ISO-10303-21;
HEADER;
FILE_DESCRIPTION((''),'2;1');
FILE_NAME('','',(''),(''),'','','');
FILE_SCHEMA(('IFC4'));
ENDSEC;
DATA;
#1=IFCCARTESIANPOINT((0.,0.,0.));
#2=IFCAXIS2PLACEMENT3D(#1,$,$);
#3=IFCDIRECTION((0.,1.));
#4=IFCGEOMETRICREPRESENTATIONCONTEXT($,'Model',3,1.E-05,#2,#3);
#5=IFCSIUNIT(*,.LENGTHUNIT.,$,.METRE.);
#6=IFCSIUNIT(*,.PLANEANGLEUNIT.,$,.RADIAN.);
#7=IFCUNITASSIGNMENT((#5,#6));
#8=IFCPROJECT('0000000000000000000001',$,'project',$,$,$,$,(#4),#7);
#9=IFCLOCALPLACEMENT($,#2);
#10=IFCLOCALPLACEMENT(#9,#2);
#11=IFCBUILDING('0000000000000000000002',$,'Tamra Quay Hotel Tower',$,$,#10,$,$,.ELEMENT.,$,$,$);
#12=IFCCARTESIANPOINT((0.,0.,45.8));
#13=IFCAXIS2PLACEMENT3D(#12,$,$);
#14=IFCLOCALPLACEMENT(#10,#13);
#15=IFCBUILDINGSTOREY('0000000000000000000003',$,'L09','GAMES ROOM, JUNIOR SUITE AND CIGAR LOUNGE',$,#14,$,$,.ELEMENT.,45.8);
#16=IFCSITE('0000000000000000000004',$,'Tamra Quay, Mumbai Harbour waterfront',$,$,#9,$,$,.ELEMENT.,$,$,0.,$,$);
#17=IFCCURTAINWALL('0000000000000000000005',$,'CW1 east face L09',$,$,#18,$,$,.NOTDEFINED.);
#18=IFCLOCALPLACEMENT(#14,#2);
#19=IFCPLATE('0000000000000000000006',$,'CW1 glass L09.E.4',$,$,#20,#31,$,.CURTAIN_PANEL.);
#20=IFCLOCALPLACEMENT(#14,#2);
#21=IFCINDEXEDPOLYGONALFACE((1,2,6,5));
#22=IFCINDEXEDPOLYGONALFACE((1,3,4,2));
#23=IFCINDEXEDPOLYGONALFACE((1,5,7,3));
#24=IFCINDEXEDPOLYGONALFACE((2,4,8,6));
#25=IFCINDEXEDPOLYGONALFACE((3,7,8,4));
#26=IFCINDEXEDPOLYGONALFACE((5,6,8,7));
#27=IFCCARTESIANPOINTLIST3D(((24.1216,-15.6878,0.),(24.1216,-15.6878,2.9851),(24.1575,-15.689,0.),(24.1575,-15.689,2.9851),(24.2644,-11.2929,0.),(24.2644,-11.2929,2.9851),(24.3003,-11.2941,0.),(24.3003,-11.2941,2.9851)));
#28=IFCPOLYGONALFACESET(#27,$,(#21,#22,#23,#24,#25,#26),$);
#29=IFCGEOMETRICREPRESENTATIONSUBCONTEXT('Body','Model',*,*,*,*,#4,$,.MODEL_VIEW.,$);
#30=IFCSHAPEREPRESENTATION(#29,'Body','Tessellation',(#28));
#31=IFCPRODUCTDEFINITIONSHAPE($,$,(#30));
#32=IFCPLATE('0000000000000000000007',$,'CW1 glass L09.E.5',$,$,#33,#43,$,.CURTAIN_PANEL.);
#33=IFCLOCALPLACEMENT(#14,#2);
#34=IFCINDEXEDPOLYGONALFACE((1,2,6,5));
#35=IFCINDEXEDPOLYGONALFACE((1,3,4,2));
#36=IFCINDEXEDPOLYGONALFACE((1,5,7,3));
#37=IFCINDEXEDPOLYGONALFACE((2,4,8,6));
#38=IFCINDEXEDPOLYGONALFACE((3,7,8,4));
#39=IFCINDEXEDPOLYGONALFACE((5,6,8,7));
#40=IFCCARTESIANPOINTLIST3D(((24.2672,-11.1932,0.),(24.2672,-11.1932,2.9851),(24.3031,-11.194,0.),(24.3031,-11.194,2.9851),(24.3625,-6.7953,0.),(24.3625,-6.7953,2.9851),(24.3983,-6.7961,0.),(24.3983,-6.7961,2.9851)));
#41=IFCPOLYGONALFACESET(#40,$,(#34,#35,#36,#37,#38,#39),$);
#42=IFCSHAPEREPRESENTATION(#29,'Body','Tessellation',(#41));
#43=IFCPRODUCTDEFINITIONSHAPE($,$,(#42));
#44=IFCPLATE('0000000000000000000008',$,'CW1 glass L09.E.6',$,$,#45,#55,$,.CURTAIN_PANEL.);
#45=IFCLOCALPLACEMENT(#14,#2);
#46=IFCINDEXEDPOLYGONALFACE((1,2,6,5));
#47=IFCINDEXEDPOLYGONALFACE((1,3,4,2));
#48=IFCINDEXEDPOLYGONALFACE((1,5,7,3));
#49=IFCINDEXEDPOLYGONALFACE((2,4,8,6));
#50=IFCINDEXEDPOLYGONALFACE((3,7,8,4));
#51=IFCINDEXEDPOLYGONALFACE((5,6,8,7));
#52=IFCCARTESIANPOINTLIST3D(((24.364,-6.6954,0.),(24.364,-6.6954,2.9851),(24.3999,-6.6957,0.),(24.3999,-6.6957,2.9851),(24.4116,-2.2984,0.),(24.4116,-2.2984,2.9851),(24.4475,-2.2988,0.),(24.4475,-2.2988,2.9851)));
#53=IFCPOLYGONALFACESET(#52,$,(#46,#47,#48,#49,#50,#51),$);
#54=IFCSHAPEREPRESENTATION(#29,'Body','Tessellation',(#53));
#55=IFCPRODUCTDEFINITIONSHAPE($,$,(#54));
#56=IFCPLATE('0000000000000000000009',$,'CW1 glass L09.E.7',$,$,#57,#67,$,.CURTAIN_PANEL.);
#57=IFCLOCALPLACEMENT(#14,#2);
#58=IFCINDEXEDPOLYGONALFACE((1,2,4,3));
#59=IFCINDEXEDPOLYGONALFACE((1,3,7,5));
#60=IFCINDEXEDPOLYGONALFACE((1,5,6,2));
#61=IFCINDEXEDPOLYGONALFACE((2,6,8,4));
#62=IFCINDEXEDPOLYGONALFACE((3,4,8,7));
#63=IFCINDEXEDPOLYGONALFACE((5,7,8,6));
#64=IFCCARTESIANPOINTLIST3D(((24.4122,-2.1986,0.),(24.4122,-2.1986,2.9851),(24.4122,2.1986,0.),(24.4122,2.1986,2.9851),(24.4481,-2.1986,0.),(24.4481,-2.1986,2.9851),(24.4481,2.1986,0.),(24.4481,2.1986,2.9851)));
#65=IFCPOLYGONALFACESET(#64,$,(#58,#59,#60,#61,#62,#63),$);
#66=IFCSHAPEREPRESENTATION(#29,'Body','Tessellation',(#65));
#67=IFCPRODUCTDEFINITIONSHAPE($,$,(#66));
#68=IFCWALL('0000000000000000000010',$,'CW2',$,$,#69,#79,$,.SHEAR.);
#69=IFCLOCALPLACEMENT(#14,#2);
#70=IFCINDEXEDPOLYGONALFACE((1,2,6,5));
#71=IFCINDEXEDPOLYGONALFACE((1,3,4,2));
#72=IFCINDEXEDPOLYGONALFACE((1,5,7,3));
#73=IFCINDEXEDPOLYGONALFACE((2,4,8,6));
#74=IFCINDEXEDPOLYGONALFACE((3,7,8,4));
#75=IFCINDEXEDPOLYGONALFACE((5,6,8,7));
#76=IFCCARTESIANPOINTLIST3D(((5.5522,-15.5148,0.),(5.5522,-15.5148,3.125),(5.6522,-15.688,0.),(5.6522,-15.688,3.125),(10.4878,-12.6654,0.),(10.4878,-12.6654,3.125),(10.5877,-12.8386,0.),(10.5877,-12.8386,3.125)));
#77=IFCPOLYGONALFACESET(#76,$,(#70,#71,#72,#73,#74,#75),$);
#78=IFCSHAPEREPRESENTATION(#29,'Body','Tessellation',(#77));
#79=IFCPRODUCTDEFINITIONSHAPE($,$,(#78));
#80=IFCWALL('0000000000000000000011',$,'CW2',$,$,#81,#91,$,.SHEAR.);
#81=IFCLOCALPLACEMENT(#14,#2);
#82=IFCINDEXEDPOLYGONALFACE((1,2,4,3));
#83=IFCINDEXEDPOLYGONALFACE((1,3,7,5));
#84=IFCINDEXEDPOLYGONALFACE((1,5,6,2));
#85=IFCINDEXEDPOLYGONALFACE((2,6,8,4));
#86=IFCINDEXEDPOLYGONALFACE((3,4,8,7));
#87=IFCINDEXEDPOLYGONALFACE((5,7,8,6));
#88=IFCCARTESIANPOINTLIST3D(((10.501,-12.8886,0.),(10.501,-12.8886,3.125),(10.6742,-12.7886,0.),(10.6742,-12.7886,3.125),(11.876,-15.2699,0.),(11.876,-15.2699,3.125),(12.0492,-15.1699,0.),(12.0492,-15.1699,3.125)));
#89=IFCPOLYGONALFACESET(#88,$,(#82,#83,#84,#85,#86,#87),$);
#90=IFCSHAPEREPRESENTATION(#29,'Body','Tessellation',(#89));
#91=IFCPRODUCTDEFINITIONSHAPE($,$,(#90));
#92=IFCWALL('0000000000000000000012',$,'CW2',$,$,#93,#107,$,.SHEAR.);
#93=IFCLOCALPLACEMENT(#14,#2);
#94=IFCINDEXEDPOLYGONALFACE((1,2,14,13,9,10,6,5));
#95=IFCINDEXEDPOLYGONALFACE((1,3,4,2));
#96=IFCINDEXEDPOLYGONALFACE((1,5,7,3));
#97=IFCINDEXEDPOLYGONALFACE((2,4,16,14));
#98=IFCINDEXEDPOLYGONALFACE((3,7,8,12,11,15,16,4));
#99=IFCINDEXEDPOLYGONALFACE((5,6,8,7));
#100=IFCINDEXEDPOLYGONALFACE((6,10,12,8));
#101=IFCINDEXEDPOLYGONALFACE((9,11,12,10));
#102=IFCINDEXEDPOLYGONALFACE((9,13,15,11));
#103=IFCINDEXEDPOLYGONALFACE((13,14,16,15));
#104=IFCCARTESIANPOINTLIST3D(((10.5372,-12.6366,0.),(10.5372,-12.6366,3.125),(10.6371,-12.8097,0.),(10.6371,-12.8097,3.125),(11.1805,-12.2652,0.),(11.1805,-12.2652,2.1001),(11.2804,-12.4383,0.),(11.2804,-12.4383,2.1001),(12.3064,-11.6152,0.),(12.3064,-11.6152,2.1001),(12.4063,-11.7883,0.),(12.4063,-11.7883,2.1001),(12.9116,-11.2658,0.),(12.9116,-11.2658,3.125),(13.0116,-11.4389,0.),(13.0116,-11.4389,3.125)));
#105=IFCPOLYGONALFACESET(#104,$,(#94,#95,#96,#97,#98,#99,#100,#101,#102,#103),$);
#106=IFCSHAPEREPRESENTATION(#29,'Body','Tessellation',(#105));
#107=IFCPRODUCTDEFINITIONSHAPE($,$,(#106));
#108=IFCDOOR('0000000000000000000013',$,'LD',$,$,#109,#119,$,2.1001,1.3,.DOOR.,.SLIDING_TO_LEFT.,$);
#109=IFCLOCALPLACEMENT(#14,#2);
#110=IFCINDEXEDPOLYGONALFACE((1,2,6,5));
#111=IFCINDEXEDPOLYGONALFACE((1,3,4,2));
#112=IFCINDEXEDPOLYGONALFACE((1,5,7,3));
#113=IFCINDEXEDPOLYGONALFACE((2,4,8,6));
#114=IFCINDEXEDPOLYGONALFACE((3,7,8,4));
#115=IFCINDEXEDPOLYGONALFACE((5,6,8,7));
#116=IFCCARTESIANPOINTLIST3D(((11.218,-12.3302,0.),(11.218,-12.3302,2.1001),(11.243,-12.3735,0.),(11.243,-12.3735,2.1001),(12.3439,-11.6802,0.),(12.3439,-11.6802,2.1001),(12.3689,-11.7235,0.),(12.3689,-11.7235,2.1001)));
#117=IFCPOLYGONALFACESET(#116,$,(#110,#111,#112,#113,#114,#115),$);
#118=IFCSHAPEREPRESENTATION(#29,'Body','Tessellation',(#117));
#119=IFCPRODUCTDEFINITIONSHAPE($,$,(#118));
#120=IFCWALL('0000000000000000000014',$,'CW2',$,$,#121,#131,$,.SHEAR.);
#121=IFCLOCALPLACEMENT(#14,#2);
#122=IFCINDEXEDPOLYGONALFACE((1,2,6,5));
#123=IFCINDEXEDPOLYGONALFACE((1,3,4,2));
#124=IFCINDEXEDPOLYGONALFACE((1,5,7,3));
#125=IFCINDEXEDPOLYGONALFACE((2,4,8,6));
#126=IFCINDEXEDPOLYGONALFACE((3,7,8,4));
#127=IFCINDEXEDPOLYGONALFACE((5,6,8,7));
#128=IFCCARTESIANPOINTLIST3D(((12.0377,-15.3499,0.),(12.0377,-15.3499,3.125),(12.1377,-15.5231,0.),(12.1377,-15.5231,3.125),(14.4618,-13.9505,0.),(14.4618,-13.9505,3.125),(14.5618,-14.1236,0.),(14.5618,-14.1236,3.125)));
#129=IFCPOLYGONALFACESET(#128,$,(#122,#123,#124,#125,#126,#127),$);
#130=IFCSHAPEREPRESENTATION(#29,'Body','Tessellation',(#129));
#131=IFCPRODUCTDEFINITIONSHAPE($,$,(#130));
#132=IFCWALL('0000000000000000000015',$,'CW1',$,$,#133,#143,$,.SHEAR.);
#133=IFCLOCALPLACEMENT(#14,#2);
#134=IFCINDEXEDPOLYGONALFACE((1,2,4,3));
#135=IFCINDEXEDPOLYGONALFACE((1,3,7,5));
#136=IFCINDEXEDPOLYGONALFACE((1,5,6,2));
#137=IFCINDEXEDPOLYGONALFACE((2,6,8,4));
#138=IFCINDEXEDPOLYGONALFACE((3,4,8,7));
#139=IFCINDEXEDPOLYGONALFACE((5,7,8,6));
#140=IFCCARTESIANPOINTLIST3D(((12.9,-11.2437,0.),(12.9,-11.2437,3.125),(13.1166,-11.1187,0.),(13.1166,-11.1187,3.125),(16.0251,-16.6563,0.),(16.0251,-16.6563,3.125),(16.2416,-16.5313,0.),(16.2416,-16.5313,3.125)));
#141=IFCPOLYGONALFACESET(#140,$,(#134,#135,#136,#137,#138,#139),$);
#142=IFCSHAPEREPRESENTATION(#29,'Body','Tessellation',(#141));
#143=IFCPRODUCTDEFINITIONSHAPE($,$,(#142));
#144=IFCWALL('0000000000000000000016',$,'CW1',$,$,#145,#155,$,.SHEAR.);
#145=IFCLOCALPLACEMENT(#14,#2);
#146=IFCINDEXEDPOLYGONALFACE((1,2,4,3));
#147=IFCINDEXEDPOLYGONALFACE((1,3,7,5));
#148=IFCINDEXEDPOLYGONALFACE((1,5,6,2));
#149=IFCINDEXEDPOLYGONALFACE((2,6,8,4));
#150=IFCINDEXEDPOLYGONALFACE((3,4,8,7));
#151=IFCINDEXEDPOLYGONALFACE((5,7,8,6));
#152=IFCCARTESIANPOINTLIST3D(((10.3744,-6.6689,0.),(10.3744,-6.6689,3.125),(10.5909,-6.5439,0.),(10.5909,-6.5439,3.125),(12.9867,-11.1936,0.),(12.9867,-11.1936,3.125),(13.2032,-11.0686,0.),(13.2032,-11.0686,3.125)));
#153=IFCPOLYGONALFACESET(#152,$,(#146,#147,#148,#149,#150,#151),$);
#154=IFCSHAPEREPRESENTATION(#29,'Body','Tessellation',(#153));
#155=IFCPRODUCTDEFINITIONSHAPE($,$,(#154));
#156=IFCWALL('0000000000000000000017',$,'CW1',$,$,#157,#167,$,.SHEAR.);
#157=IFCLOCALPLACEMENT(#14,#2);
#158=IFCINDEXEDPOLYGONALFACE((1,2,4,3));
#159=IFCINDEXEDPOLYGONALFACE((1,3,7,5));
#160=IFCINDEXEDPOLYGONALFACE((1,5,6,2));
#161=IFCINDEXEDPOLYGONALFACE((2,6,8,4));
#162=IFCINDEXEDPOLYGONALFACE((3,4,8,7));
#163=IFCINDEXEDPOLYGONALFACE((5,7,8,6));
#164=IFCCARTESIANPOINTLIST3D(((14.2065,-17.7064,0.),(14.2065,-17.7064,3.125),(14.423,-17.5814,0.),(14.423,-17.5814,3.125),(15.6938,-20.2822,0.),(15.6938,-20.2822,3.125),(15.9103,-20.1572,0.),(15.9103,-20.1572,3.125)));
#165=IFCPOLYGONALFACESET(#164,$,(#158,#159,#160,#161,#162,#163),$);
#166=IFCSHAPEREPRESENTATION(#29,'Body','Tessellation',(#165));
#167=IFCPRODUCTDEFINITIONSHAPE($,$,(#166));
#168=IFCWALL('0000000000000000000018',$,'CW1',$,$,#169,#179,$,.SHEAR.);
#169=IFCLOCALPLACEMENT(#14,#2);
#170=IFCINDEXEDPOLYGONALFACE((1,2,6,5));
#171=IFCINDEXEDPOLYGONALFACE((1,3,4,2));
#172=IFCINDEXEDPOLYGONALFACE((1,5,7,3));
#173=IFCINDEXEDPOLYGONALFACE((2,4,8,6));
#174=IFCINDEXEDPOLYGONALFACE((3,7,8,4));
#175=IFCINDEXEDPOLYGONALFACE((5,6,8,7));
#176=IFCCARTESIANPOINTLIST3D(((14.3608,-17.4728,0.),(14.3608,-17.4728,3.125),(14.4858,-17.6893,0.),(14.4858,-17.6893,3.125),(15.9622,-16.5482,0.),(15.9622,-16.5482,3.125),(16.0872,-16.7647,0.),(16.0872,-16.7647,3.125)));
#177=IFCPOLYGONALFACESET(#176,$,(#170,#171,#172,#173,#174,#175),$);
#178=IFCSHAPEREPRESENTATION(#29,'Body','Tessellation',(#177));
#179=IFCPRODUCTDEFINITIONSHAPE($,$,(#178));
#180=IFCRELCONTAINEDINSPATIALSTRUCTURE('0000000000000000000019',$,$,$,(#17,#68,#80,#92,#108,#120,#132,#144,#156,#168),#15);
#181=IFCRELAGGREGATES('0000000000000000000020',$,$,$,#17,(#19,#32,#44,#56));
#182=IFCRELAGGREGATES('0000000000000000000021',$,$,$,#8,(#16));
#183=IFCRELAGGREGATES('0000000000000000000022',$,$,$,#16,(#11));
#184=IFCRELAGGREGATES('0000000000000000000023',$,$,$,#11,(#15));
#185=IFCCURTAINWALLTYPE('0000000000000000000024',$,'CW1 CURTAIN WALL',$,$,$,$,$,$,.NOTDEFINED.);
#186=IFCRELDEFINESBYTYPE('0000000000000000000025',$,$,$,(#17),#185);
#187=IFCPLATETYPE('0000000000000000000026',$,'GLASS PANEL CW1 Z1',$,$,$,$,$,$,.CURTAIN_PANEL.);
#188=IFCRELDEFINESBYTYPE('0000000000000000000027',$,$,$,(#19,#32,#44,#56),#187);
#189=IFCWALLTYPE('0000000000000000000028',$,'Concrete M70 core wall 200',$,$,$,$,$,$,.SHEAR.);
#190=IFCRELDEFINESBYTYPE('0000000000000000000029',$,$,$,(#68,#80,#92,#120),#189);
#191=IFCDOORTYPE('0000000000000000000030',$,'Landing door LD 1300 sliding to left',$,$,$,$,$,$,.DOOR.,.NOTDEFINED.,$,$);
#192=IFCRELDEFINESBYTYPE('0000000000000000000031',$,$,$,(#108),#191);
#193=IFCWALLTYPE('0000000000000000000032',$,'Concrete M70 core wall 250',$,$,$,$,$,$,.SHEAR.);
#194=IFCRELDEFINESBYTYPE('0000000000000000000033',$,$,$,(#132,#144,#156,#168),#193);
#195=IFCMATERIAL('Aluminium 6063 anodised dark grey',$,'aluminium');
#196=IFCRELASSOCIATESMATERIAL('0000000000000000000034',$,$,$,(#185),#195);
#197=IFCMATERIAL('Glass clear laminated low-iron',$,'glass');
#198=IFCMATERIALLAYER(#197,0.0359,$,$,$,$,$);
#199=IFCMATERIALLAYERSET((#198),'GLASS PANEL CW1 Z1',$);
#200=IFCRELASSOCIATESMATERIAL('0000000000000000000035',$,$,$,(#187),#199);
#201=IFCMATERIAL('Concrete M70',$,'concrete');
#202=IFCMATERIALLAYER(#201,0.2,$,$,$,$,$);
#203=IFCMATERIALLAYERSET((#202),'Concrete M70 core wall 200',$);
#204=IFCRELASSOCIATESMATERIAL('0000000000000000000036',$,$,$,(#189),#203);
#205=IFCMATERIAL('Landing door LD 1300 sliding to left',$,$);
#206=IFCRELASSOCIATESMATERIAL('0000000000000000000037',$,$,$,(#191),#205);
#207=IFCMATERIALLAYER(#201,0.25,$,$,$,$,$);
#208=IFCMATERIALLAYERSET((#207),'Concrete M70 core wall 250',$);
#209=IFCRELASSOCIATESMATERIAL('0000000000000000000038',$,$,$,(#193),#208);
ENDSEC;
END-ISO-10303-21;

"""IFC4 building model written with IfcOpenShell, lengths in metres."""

from ifc_helpers import new_model, si_unit, direction, frame, frame_2d, origin, origin_2d, place, context, subcontext, project, spatial, rectangle, extrude, material, layer, layer_set, type_object, element, fill, aggregate, save


model = new_model("IFC4")

# Units and contexts
model_context = context("Model", 3, precision=1e-05, world=origin(), true_north=direction((0.0, 1.0)))
body_context = subcontext(model_context, "Body", "Model", "MODEL_VIEW")
ifc_project = project(units=[si_unit("LENGTHUNIT", "METRE"), si_unit("PLANEANGLEUNIT", "RADIAN")], contexts=[model_context])

# Site, building, storey
site_placement = place(None, origin())
site = spatial("IfcSite", under=ifc_project, at=site_placement, Name="Tamra Quay, Mumbai Harbour waterfront", CompositionType="ELEMENT", RefElevation=0.0)
building_placement = place(site_placement, origin())
building = spatial("IfcBuilding", under=site, at=building_placement, Name="Tamra Quay Hotel Tower", CompositionType="ELEMENT")
storey_placement = place(building_placement, frame((0.0, 0.0, 45.8)))
storey = spatial("IfcBuildingStorey", under=building, at=storey_placement, Name="L09", Description="GAMES ROOM, JUNIOR SUITE AND CIGAR LOUNGE", CompositionType="ELEMENT", Elevation=45.8)

# Shared definitions
ifc_material_1 = material(Name="Concrete M70", Category="concrete")

# Curtain wall
ifc_material_2 = material(Name="Aluminium 6063 anodised dark grey", Category="aluminium")
curtain_wall_type = type_object("IfcCurtainWallType", Name="CW1 CURTAIN WALL", PredefinedType="NOTDEFINED", material=ifc_material_2)
curtain_wall_placement = place(storey_placement, origin())
curtain_wall = element("IfcCurtainWall", 1, at=curtain_wall_placement, inside=storey, type_object=curtain_wall_type, Name="CW1 east face L09", PredefinedType="NOTDEFINED")

# Plates
ifc_material_3 = material(Name="Glass clear laminated low-iron", Category="glass")
ifc_layer_1 = layer(ifc_material_3, 0.0359)
ifc_layer_set_1 = layer_set([ifc_layer_1], Name="GLASS PANEL CW1 Z1")
plate_type = type_object("IfcPlateType", Name="GLASS PANEL CW1 Z1", PredefinedType="CURTAIN_PANEL", material=ifc_layer_set_1)
plate_1_placement = place(storey_placement, frame((24.2109, -13.491, 0.0), z_axis=(0.0, 0.0, 1.0), x_axis=(0.032475, 0.999473, 0.0)))
plate_1 = element("IfcPlate", 2, at=plate_1_placement, type_object=plate_type, Name="CW1 glass L09.E.4", PredefinedType="CURTAIN_PANEL", context=body_context, shape_type="SweptSolid", body=[
    extrude(rectangle(XDim=4.3972, YDim=0.0359, at=origin_2d()), origin(), (0.0, 0.0, 1.0), 2.9851),
])
plate_2_placement = place(storey_placement, frame((24.3328, -8.9946, 0.0), z_axis=(0.0, 0.0, 1.0), x_axis=(0.021657, 0.999765, 0.0)))
plate_2 = element("IfcPlate", 3, at=plate_2_placement, type_object=plate_type, Name="CW1 glass L09.E.5", PredefinedType="CURTAIN_PANEL", context=body_context, shape_type="SweptSolid", body=[
    extrude(rectangle(XDim=4.3989, YDim=0.0359, at=origin_2d()), origin(), (0.0, 0.0, 1.0), 2.9851),
])
plate_3_placement = place(storey_placement, frame((24.4058, -4.4971, 0.0), z_axis=(0.0, 0.0, 1.0), x_axis=(0.010836, 0.999941, 0.0)))
plate_3 = element("IfcPlate", 4, at=plate_3_placement, type_object=plate_type, Name="CW1 glass L09.E.6", PredefinedType="CURTAIN_PANEL", context=body_context, shape_type="SweptSolid", body=[
    extrude(rectangle(XDim=4.3972, YDim=0.0359, at=origin_2d()), origin(), (0.0, 0.0, 1.0), 2.9851),
])
plate_4_placement = place(storey_placement, frame((24.4302, 0.0, 0.0), z_axis=(0.0, 0.0, 1.0), x_axis=(0.0, 1.0, 0.0)))
plate_4 = element("IfcPlate", 5, at=plate_4_placement, type_object=plate_type, Name="CW1 glass L09.E.7", PredefinedType="CURTAIN_PANEL", context=body_context, shape_type="SweptSolid", body=[
    extrude(rectangle(XDim=4.3972, YDim=0.0359, at=origin_2d()), origin(), (0.0, 0.0, 1.0), 2.9851),
])
aggregate(curtain_wall, [plate_1, plate_2, plate_3, plate_4])

# Walls
ifc_layer_2 = layer(ifc_material_1, 0.2)
ifc_layer_set_2 = layer_set([ifc_layer_2], Name="Concrete M70 core wall 200")
wall_type_1 = type_object("IfcWallType", Name="Concrete M70 core wall 200", PredefinedType="SHEAR", material=ifc_layer_set_2)
wall_1_placement = place(storey_placement, frame((10.5378, -12.752, 0.0), z_axis=(0.0, 0.0, 1.0), x_axis=(-0.866039, -0.499977, 0.0)))
element("IfcWall", 6, at=wall_1_placement, inside=storey, type_object=wall_type_1, Name="CW2", PredefinedType="SHEAR", context=body_context, shape_type="SweptSolid", body=[
    extrude(rectangle(XDim=5.699, YDim=0.2, at=frame_2d((2.8496, 0.0))), origin(), (0.0, 0.0, 1.0), 3.125),
])
wall_2_placement = place(storey_placement, frame((11.9626, -15.22, 0.0), z_axis=(0.0, 0.0, 1.0), x_axis=(-0.500035, 0.866005, 0.0)))
element("IfcWall", 7, at=wall_2_placement, inside=storey, type_object=wall_type_1, Name="CW2", PredefinedType="SHEAR", context=body_context, shape_type="SweptSolid", body=[
    extrude(rectangle(XDim=2.7498, YDim=0.2, at=frame_2d((1.375, 0.0))), origin(), (0.0, 0.0, 1.0), 3.125),
])

# Wall, opening, door
wall_3_placement = place(storey_placement, frame((10.5872, -12.7231, 0.0), z_axis=(0.0, 0.0, 1.0), x_axis=(0.866037, 0.499979, 0.0)))
wall_3 = element("IfcWall", 8, at=wall_3_placement, inside=storey, type_object=wall_type_1, Name="CW2", PredefinedType="SHEAR", context=body_context, shape_type="SweptSolid", body=[
    extrude(rectangle(XDim=2.7417, YDim=0.2, at=frame_2d((1.3708, 0.0))), origin(), (0.0, 0.0, 1.0), 3.125),
])
opening_placement = place(wall_3_placement, frame((0.7429, 0.0, 0.0)))
opening = element("IfcOpeningElement", 9, at=opening_placement, cuts=wall_3, PredefinedType="OPENING", context=body_context, shape_type="SweptSolid", body=[
    extrude(rectangle(XDim=1.3, YDim=2.1001, at=frame_2d((0.6499, 1.05))), frame((0.0, 0.1099, 0.0), z_axis=(0.0, -1.0, 0.0), x_axis=(1.0, 0.0, 0.0)), (0.0, 0.0, 1.0), 0.22),
])
ifc_material_4 = material(Name="Landing door LD 1300 sliding to left")
door_type = type_object("IfcDoorType", Name="Landing door LD 1300 sliding to left", OperationType="NOTDEFINED", PredefinedType="DOOR", material=ifc_material_4)
door_placement = place(opening_placement, origin())
door = element("IfcDoor", 10, at=door_placement, inside=storey, type_object=door_type, Name="LD", OperationType="SLIDING_TO_LEFT", OverallHeight=2.1001, OverallWidth=1.3, PredefinedType="DOOR", context=body_context, shape_type="SweptSolid", body=[
    extrude(rectangle(XDim=1.3, YDim=2.1001, at=frame_2d((0.6499, 1.05))), frame((0.0, 0.0249, 0.0), z_axis=(0.0, -1.0, 0.0), x_axis=(1.0, 0.0, 0.0)), (0.0, 0.0, 1.0), 0.05),
])
fill(opening, door)

# Walls
wall_4_placement = place(storey_placement, frame((14.5117, -14.0371, 0.0), z_axis=(0.0, 0.0, 1.0), x_axis=(-0.866045, -0.499967, 0.0)))
element("IfcWall", 11, at=wall_4_placement, inside=storey, type_object=wall_type_1, Name="CW2", PredefinedType="SHEAR", context=body_context, shape_type="SweptSolid", body=[
    extrude(rectangle(XDim=2.7991, YDim=0.2, at=frame_2d((1.3994, 0.0))), origin(), (0.0, 0.0, 1.0), 3.125),
])
ifc_layer_3 = layer(ifc_material_1, 0.25)
ifc_layer_set_3 = layer_set([ifc_layer_3], Name="Concrete M70 core wall 250")
wall_type_2 = type_object("IfcWallType", Name="Concrete M70 core wall 250", PredefinedType="SHEAR", material=ifc_layer_set_3)
wall_5_placement = place(storey_placement, frame((13.0083, -11.1812, 0.0), z_axis=(0.0, 0.0, 1.0), x_axis=(0.500004, -0.866023, 0.0)))
element("IfcWall", 12, at=wall_5_placement, inside=storey, type_object=wall_type_2, Name="CW1", PredefinedType="SHEAR", context=body_context, shape_type="SweptSolid", body=[
    extrude(rectangle(XDim=6.25, YDim=0.25, at=frame_2d((3.125, 0.0))), origin(), (0.0, 0.0, 1.0), 3.125),
])
wall_6_placement = place(storey_placement, frame((10.4827, -6.6064, 0.0), z_axis=(0.0, 0.0, 1.0), x_axis=(0.499999, -0.866026, 0.0)))
element("IfcWall", 13, at=wall_6_placement, inside=storey, type_object=wall_type_2, Name="CW1", PredefinedType="SHEAR", context=body_context, shape_type="SweptSolid", body=[
    extrude(rectangle(XDim=5.2246, YDim=0.25, at=frame_2d((2.6123, 0.0))), origin(), (0.0, 0.0, 1.0), 3.125),
])
wall_7_placement = place(storey_placement, frame((14.3147, -17.6438, 0.0), z_axis=(0.0, 0.0, 1.0), x_axis=(0.500023, -0.866012, 0.0)))
element("IfcWall", 14, at=wall_7_placement, inside=storey, type_object=wall_type_2, Name="CW1", PredefinedType="SHEAR", context=body_context, shape_type="SweptSolid", body=[
    extrude(rectangle(XDim=2.9744, YDim=0.25, at=frame_2d((1.4873, 0.0))), origin(), (0.0, 0.0, 1.0), 3.125),
])
wall_8_placement = place(storey_placement, frame((16.0247, -16.6565, 0.0), z_axis=(0.0, 0.0, 1.0), x_axis=(-0.866016, -0.500016, 0.0)))
element("IfcWall", 15, at=wall_8_placement, inside=storey, type_object=wall_type_2, Name="CW1", PredefinedType="SHEAR", context=body_context, shape_type="SweptSolid", body=[
    extrude(rectangle(XDim=1.8491, YDim=0.25, at=frame_2d((0.9246, 0.0))), origin(), (0.0, 0.0, 1.0), 3.125),
])

save(model, "model.ifc")
